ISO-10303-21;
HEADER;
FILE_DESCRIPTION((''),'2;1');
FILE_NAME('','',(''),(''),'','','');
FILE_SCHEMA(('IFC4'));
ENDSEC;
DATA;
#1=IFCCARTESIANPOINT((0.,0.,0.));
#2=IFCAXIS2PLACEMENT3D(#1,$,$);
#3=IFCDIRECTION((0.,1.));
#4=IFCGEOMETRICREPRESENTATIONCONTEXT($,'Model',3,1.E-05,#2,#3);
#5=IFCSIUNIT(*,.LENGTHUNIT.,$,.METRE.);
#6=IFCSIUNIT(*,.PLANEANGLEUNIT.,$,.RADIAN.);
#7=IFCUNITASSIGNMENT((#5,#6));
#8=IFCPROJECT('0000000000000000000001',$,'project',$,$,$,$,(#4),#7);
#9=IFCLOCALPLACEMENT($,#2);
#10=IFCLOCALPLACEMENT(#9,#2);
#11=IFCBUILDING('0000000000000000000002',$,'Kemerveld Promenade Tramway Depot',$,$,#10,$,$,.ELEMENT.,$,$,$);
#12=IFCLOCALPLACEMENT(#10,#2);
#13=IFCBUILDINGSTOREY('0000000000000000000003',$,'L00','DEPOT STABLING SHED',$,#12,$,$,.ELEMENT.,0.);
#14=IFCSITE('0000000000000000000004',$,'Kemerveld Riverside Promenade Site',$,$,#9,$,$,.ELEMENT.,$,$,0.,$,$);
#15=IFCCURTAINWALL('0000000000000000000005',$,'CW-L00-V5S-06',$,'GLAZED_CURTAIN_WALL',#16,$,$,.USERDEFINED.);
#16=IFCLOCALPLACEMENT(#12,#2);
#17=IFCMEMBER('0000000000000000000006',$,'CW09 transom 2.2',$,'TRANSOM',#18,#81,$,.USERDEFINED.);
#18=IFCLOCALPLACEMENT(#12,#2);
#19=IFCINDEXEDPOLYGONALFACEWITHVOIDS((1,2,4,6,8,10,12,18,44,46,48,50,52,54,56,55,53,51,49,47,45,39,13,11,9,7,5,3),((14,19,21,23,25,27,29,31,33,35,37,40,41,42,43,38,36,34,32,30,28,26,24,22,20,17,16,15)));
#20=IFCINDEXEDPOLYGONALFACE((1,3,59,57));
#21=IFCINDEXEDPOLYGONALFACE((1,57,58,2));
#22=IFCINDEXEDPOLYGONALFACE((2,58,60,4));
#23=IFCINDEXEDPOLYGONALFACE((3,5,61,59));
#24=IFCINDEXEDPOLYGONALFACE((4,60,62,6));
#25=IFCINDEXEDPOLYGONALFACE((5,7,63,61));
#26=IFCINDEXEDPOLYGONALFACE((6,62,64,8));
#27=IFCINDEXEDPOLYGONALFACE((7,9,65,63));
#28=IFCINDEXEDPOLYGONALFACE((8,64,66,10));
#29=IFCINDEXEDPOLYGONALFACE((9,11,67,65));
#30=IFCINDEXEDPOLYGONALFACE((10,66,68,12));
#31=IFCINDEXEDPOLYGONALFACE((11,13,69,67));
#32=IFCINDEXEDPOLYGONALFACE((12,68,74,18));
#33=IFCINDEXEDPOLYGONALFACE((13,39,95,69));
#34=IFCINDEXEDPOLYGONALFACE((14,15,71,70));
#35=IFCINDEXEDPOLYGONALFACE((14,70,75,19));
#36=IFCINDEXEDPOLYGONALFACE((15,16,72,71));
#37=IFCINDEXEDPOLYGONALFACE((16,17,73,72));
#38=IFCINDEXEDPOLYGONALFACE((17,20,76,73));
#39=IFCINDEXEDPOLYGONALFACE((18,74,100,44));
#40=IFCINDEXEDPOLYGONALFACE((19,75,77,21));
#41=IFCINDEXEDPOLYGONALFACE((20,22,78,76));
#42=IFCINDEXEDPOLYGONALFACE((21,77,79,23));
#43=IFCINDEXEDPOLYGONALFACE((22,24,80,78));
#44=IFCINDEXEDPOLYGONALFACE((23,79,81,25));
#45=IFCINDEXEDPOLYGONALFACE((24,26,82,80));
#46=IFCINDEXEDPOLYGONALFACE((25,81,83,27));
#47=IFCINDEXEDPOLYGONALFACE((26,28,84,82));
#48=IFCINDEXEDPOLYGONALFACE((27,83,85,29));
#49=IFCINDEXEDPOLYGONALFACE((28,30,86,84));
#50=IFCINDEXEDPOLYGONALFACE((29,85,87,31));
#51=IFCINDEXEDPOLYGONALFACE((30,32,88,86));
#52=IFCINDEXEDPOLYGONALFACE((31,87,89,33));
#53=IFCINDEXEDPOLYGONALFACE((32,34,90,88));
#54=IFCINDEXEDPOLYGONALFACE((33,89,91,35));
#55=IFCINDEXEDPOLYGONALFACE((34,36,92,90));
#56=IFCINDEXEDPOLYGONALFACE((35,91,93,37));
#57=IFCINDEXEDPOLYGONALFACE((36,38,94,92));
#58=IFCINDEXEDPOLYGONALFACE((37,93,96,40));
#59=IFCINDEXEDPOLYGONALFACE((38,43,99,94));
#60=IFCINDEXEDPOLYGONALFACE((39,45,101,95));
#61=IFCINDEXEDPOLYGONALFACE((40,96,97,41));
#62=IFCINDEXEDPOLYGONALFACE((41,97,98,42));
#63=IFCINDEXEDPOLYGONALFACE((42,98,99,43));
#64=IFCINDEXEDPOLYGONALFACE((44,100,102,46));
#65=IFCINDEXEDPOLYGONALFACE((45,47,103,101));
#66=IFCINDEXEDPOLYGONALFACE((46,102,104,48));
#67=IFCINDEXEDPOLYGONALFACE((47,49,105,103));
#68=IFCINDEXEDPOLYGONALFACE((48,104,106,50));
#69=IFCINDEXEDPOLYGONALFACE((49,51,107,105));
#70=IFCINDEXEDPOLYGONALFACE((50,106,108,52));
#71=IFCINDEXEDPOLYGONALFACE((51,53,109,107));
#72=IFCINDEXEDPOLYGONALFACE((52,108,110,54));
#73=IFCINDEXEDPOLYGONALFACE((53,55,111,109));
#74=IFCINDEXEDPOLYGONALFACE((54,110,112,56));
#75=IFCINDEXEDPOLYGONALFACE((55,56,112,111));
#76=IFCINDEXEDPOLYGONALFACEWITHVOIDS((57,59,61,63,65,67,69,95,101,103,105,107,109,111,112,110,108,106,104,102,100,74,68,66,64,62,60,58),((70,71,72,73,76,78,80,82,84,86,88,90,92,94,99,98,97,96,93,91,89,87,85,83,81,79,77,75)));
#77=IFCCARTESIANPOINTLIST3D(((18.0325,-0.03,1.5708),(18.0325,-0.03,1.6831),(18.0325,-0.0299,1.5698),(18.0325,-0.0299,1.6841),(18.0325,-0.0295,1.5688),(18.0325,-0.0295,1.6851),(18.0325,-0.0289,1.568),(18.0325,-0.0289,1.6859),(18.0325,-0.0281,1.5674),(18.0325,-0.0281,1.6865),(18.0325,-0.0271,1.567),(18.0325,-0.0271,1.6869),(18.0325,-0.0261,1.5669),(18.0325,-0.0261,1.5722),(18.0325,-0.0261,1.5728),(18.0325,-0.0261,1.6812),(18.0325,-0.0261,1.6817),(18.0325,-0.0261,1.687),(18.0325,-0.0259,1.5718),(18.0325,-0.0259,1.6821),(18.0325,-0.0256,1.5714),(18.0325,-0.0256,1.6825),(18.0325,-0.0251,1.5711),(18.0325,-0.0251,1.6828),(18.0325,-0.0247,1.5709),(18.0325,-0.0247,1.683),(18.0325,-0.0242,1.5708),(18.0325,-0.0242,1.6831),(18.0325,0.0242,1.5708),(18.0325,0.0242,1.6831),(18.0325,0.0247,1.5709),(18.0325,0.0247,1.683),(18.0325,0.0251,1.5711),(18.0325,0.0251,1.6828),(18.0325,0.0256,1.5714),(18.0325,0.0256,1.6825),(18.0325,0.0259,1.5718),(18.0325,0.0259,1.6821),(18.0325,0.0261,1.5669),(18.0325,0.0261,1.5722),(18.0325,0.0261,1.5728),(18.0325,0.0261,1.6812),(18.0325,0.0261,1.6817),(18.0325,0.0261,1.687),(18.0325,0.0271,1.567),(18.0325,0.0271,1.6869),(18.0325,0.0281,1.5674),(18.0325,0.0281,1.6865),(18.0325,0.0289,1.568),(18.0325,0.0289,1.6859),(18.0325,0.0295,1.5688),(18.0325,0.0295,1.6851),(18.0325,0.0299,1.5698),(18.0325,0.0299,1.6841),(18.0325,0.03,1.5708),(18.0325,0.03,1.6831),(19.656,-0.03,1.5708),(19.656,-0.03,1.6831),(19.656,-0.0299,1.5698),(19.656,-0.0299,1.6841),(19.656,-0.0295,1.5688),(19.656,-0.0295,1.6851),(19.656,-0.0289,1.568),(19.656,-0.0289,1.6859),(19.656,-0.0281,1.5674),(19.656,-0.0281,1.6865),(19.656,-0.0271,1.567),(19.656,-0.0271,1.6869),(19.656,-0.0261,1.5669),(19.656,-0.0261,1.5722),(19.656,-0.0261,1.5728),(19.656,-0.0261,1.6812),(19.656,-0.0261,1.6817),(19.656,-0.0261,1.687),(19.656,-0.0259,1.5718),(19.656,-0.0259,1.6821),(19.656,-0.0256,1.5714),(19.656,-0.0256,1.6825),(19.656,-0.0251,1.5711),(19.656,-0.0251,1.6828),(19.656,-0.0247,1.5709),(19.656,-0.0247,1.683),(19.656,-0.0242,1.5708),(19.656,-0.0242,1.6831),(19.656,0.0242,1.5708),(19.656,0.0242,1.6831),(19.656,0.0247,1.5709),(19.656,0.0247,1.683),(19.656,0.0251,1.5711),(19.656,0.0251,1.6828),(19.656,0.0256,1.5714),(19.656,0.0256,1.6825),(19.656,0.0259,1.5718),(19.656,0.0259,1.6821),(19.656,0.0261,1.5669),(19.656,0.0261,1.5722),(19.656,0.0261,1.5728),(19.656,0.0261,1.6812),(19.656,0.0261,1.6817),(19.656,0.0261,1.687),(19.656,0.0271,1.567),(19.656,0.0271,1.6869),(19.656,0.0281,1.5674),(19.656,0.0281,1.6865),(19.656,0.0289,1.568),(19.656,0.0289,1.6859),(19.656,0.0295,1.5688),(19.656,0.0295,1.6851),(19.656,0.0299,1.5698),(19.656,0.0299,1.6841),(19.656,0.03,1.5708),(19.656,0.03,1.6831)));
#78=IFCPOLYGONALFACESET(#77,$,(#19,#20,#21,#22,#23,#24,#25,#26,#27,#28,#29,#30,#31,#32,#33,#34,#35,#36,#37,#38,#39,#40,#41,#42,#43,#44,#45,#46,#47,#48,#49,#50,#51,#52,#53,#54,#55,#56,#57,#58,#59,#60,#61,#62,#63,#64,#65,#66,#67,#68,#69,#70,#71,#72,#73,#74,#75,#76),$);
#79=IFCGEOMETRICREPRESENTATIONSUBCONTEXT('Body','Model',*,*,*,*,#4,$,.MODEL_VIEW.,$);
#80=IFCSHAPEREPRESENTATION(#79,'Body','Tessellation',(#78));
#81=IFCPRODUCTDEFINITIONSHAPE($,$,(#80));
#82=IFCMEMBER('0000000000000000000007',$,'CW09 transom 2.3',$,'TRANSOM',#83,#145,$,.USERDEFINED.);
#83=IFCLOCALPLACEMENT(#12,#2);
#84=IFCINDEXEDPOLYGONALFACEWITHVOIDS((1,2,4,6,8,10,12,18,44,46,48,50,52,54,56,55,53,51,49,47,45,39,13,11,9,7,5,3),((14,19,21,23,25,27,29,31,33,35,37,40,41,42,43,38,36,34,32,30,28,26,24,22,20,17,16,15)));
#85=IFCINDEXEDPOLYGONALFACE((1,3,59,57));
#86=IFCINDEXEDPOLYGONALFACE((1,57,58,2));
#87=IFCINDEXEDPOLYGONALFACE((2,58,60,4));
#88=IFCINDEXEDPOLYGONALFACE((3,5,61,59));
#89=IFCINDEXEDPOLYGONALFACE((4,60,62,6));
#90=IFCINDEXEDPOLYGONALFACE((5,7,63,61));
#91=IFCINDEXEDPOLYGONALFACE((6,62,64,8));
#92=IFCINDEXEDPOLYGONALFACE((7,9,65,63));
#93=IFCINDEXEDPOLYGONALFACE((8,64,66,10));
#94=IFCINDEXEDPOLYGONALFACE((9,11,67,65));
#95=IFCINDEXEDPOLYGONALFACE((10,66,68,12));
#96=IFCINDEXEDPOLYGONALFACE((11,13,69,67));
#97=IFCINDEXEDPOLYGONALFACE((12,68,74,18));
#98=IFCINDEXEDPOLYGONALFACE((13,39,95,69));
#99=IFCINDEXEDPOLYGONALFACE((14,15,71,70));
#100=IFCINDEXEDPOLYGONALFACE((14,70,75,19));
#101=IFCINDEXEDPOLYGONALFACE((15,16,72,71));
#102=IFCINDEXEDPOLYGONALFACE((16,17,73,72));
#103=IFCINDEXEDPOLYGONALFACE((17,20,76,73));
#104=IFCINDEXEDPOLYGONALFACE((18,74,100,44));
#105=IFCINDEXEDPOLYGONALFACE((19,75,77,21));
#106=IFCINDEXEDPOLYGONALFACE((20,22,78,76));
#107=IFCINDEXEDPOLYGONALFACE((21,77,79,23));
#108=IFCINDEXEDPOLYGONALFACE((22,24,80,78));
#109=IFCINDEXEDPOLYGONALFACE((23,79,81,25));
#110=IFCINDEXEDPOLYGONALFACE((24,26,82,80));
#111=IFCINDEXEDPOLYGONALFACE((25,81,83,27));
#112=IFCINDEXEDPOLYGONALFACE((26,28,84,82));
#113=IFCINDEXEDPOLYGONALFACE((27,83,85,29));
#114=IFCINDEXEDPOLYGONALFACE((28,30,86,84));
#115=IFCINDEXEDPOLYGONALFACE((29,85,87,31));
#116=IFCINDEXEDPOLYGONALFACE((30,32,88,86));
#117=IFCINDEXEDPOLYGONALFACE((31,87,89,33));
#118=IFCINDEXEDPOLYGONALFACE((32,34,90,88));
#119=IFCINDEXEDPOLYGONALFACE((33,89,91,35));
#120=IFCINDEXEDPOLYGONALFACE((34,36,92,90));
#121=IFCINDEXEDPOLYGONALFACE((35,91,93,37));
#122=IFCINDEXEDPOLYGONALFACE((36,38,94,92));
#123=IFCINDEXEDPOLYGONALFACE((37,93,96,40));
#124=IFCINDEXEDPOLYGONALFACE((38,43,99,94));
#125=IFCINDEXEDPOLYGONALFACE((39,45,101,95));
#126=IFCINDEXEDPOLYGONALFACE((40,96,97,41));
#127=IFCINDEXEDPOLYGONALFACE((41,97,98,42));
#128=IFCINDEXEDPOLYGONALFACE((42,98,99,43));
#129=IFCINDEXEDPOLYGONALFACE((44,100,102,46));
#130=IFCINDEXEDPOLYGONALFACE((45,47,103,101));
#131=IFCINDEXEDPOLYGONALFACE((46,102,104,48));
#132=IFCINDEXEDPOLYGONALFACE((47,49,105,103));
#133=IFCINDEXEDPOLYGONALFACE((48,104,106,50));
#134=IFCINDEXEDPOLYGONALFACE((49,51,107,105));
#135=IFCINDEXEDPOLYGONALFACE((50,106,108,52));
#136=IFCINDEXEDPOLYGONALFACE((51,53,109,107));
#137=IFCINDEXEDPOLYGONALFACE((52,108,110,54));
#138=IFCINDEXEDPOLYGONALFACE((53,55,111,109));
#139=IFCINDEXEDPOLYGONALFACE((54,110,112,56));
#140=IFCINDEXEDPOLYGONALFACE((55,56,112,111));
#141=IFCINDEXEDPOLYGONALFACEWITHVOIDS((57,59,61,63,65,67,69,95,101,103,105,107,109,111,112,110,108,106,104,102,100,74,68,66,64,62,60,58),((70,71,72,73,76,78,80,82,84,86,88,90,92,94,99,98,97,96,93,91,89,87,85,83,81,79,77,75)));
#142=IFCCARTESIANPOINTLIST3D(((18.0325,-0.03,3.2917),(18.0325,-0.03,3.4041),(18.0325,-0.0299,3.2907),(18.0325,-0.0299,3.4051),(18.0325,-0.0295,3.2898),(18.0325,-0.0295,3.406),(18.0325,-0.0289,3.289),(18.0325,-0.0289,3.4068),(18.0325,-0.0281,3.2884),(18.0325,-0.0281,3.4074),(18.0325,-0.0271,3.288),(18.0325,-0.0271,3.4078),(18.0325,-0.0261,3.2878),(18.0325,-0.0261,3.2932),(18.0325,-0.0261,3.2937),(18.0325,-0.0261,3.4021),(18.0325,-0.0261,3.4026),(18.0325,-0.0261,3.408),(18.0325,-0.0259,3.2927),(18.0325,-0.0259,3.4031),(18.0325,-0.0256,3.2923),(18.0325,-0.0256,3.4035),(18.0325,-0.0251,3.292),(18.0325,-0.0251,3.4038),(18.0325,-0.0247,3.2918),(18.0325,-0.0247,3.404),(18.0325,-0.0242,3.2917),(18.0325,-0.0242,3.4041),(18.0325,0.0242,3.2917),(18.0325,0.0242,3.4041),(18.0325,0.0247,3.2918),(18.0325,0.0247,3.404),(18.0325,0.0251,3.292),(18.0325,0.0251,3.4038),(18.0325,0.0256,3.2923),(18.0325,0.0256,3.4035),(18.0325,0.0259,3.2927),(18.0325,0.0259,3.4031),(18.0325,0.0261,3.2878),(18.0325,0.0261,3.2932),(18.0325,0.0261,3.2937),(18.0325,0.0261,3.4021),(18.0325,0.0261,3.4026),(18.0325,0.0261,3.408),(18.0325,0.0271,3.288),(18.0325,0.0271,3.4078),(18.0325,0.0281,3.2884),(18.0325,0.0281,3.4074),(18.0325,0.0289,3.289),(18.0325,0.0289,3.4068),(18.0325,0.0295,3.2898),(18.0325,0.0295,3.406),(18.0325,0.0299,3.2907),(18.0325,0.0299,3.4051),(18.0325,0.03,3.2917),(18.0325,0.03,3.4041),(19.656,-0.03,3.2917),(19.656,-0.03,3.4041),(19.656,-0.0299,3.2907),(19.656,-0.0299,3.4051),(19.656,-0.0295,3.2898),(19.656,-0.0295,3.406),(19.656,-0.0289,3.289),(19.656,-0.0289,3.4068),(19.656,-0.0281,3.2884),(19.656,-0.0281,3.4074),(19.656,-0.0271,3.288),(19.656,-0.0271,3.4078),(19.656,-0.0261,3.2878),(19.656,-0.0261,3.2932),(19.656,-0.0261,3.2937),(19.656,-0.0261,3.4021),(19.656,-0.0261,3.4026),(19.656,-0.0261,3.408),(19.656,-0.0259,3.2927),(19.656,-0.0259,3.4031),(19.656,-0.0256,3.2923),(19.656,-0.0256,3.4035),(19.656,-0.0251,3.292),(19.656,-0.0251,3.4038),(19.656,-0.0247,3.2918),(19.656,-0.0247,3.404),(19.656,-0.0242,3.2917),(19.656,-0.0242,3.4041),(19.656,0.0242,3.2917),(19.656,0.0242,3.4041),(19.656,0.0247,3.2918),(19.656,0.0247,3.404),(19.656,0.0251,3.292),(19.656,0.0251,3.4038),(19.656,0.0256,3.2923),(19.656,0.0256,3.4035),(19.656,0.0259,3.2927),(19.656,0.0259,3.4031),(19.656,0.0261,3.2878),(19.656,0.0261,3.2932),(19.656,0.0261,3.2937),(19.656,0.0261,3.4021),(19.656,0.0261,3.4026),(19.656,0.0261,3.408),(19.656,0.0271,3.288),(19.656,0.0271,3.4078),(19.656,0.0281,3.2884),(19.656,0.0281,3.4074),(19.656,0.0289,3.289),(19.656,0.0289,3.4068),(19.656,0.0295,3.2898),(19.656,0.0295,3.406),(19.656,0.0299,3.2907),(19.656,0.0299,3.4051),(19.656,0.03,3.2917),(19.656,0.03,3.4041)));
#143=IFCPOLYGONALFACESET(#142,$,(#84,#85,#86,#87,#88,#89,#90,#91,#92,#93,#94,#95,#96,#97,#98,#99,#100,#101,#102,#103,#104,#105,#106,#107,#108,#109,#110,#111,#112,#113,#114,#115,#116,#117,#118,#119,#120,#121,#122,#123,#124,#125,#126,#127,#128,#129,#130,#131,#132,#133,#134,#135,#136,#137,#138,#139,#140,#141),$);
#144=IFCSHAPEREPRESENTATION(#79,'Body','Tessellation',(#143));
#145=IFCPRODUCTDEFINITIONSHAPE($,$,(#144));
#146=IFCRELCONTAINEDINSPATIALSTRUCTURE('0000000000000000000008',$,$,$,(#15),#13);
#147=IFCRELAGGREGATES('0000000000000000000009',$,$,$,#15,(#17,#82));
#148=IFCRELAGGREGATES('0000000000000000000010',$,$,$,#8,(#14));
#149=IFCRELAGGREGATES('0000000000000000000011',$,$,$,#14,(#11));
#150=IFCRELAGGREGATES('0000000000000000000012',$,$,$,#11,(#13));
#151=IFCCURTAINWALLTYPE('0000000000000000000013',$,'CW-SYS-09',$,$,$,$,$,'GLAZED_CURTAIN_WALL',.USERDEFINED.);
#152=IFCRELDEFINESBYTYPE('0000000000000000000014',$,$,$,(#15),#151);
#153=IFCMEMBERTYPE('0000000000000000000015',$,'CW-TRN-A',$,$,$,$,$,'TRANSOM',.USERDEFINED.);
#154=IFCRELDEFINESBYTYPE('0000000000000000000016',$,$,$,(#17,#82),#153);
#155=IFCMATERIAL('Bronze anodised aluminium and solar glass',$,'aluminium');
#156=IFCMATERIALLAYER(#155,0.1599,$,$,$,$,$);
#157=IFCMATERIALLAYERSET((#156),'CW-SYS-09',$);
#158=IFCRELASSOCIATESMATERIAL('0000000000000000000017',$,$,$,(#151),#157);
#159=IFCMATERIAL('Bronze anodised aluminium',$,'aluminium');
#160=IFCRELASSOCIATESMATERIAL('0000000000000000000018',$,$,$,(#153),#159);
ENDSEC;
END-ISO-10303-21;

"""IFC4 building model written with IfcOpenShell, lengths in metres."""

from ifc_helpers import new_model, si_unit, direction, frame, origin, origin_2d, place, context, subcontext, project, spatial, hollow_rectangle, extrude, material, layer, layer_set, material_profile, profile_set, type_object, element, aggregate, save


model = new_model("IFC4")

# Units and contexts
model_context = context("Model", 3, precision=1e-05, world=origin(), true_north=direction((0.0, 1.0)))
body_context = subcontext(model_context, "Body", "Model", "MODEL_VIEW")
ifc_project = project(units=[si_unit("LENGTHUNIT", "METRE"), si_unit("PLANEANGLEUNIT", "RADIAN")], contexts=[model_context])

# Site, building, storey
site_placement = place(None, origin())
site = spatial("IfcSite", under=ifc_project, at=site_placement, Name="Kemerveld Riverside Promenade Site", CompositionType="ELEMENT", RefElevation=0.0)
building_placement = place(site_placement, origin())
building = spatial("IfcBuilding", under=site, at=building_placement, Name="Kemerveld Promenade Tramway Depot", CompositionType="ELEMENT")
storey_placement = place(building_placement, origin())
storey = spatial("IfcBuildingStorey", under=building, at=storey_placement, Name="L00", Description="DEPOT STABLING SHED", CompositionType="ELEMENT", Elevation=0.0)

# Curtain wall, members
ifc_material_1 = material(Name="Bronze anodised aluminium and solar glass", Category="aluminium")
ifc_layer_1 = layer(ifc_material_1, 0.1599)
ifc_layer_set_1 = layer_set([ifc_layer_1], Name="CW-SYS-09")
curtain_wall_type = type_object("IfcCurtainWallType", Name="CW-SYS-09", ElementType="GLAZED_CURTAIN_WALL", PredefinedType="USERDEFINED", material=ifc_layer_set_1)
curtain_wall_placement = place(storey_placement, origin())
curtain_wall = element("IfcCurtainWall", 1, at=curtain_wall_placement, inside=storey, type_object=curtain_wall_type, Name="CW-L00-V5S-06", ObjectType="GLAZED_CURTAIN_WALL", PredefinedType="USERDEFINED")
ifc_material_2 = material(Name="Bronze anodised aluminium", Category="aluminium")
ifc_material_profile_1 = material_profile(ifc_material_2, hollow_rectangle(XDim=0.0601, YDim=0.1201, WallThickness=0.0039, InnerFilletRadius=0.002, OuterFilletRadius=0.0039, at=origin_2d()), Name="CW-TRN-120x60")
ifc_profile_set_1 = profile_set([ifc_material_profile_1], Name="Bronze anodised aluminium")
member_type_1 = type_object("IfcMemberType", Name="CW-TRN-A", ElementType="TRANSOM", PredefinedType="USERDEFINED", material=ifc_profile_set_1)
member_1_placement = place(storey_placement, frame((19.656, 0.0, 1.627), z_axis=(-1.0, 0.0, 0.0), x_axis=(0.0, -1.0, 0.0)))
member_1 = element("IfcMember", 2, at=member_1_placement, type_object=member_type_1, Name="CW09 transom 2.2", ObjectType="TRANSOM", PredefinedType="USERDEFINED", context=body_context, shape_type="SweptSolid", body=[
    extrude(hollow_rectangle(XDim=0.0601, YDim=0.1201, WallThickness=0.0039, InnerFilletRadius=0.002, OuterFilletRadius=0.0039, at=origin_2d()), origin(), (0.0, 0.0, 1.0), 1.6235),
])
member_2_placement = place(storey_placement, frame((19.656, 0.0, 3.3479), z_axis=(-1.0, 0.0, 0.0), x_axis=(0.0, -1.0, 0.0)))
member_2 = element("IfcMember", 3, at=member_2_placement, type_object=member_type_1, Name="CW09 transom 2.3", ObjectType="TRANSOM", PredefinedType="USERDEFINED", context=body_context, shape_type="SweptSolid", body=[
    extrude(hollow_rectangle(XDim=0.0601, YDim=0.1201, WallThickness=0.0039, InnerFilletRadius=0.002, OuterFilletRadius=0.0039, at=origin_2d()), origin(), (0.0, 0.0, 1.0), 1.6235),
])
aggregate(curtain_wall, [member_1, member_2])

save(model, "model.ifc")
